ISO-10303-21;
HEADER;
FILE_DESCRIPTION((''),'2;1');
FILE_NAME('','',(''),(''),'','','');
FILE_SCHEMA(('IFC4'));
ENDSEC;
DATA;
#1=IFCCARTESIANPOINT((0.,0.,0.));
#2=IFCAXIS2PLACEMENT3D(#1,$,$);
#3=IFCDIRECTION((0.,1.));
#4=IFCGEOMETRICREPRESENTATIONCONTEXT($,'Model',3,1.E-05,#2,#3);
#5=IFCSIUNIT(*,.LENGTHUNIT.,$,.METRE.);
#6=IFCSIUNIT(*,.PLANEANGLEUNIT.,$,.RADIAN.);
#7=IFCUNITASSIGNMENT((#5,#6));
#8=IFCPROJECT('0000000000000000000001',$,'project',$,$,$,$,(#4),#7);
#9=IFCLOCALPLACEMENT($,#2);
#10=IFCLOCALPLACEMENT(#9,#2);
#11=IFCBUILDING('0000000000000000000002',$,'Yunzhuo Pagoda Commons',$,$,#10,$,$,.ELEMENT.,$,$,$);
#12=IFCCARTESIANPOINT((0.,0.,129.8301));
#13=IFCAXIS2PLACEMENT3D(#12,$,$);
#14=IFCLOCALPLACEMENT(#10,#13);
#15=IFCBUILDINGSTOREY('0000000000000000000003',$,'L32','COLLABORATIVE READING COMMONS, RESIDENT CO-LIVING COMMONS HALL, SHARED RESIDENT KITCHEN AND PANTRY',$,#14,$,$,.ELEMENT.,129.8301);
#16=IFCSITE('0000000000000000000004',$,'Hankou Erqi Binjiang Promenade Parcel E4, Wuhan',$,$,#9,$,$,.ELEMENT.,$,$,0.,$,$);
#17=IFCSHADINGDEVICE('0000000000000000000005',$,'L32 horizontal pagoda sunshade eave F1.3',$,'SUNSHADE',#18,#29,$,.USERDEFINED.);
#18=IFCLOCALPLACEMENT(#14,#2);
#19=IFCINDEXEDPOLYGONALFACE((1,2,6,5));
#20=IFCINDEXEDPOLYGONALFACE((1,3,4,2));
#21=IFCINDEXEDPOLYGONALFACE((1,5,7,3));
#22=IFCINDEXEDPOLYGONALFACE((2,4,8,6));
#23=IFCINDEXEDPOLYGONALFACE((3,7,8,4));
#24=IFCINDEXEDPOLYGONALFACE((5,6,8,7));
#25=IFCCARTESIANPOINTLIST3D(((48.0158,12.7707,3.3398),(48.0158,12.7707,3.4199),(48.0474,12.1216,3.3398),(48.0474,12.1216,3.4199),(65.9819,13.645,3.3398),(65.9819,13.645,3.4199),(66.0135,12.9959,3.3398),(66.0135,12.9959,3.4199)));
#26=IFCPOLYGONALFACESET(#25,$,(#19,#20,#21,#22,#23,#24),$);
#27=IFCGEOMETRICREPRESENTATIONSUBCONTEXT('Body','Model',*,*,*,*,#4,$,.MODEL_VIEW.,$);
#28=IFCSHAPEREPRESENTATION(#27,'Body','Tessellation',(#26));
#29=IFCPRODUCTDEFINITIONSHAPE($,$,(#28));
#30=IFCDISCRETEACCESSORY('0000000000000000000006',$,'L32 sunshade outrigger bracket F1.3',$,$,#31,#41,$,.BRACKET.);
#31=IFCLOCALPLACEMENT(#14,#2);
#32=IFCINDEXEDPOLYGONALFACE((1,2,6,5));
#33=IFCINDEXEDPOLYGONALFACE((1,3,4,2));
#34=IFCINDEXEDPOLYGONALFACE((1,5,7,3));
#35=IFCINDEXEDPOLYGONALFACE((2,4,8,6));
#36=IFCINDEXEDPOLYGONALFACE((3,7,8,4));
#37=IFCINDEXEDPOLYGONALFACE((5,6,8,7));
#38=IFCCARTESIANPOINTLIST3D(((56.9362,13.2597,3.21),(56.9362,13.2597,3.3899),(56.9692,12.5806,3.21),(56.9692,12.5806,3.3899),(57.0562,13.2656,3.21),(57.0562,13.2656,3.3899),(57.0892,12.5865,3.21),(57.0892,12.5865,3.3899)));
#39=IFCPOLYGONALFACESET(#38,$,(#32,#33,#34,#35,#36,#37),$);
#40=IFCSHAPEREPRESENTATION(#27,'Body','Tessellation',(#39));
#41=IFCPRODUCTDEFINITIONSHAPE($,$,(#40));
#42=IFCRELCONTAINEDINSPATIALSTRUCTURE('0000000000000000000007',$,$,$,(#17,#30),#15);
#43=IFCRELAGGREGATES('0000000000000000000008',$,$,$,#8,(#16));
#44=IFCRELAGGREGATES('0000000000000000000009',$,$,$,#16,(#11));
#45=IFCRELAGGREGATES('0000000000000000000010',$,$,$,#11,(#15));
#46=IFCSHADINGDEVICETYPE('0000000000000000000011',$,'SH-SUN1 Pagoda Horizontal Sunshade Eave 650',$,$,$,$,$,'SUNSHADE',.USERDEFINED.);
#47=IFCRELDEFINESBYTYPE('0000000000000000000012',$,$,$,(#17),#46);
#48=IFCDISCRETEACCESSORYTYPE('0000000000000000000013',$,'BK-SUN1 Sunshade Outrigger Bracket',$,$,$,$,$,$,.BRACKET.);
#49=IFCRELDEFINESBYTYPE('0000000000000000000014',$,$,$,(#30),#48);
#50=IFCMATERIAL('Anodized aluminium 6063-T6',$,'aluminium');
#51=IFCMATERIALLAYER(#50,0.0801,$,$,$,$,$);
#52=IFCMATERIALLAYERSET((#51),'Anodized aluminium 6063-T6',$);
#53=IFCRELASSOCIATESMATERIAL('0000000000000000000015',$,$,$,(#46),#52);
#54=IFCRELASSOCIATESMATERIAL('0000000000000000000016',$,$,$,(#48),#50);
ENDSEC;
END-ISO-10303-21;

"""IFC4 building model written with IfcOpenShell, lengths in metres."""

from ifc_helpers import new_model, si_unit, direction, frame, origin, origin_2d, place, context, subcontext, project, spatial, rectangle, extrude, source, transform, mapped, material, layer, layer_set, type_object, element, save


model = new_model("IFC4")

# Units and contexts
model_context = context("Model", 3, precision=1e-05, world=origin(), true_north=direction((0.0, 1.0)))
body_context = subcontext(model_context, "Body", "Model", "MODEL_VIEW")
ifc_project = project(units=[si_unit("LENGTHUNIT", "METRE"), si_unit("PLANEANGLEUNIT", "RADIAN")], contexts=[model_context])

# Site, building, storey
site_placement = place(None, origin())
site = spatial("IfcSite", under=ifc_project, at=site_placement, Name="Hankou Erqi Binjiang Promenade Parcel E4, Wuhan", CompositionType="ELEMENT", RefElevation=0.0)
building_placement = place(site_placement, origin())
building = spatial("IfcBuilding", under=site, at=building_placement, Name="Yunzhuo Pagoda Commons", CompositionType="ELEMENT")
storey_placement = place(building_placement, frame((0.0, 0.0, 129.8301)))
storey = spatial("IfcBuildingStorey", under=building, at=storey_placement, Name="L32", Description="COLLABORATIVE READING COMMONS, RESIDENT CO-LIVING COMMONS HALL, SHARED RESIDENT KITCHEN AND PANTRY", CompositionType="ELEMENT", Elevation=129.8301)

# Shared definitions
ifc_material_1 = material(Name="Anodized aluminium 6063-T6", Category="aluminium")

# Shading device
ifc_layer_1 = layer(ifc_material_1, 0.0801)
ifc_layer_set_1 = layer_set([ifc_layer_1], Name="Anodized aluminium 6063-T6")
shading_device_type = type_object("IfcShadingDeviceType", Name="SH-SUN1 Pagoda Horizontal Sunshade Eave 650", ElementType="SUNSHADE", PredefinedType="USERDEFINED", material=ifc_layer_set_1)
shared_shape_1 = source(origin(), body_context, "Body", "SweptSolid", [
    extrude(rectangle(XDim=17.9873, YDim=0.6499, at=origin_2d()), origin(), (0.0, 0.0, 1.0), 0.0801),
])
shading_device_placement = place(storey_placement, frame((57.0146, 12.8833, 3.3398), z_axis=(0.0, 0.0, 1.0), x_axis=(0.998818, 0.048606, 0.0)))
element("IfcShadingDevice", 1, at=shading_device_placement, inside=storey, type_object=shading_device_type, Name="L32 horizontal pagoda sunshade eave F1.3", ObjectType="SUNSHADE", PredefinedType="USERDEFINED", context=body_context, shape_type="MappedRepresentation", body=[
    mapped(shared_shape_1, transform((0.0, 0.0, 0.0), scale=1.0)),
])

# Discrete accessory
discrete_accessory_type = type_object("IfcDiscreteAccessoryType", Name="BK-SUN1 Sunshade Outrigger Bracket", PredefinedType="BRACKET", material=ifc_material_1)
shared_shape_2 = source(origin(), body_context, "Body", "SweptSolid", [
    extrude(rectangle(XDim=0.1201, YDim=0.6799, at=origin_2d()), origin(), (0.0, 0.0, 1.0), 0.1799),
])
discrete_accessory_placement = place(storey_placement, frame((57.0127, 12.9231, 3.21), z_axis=(0.0, 0.0, 1.0), x_axis=(0.998818, 0.048606, 0.0)))
element("IfcDiscreteAccessory", 2, at=discrete_accessory_placement, inside=storey, type_object=discrete_accessory_type, Name="L32 sunshade outrigger bracket F1.3", PredefinedType="BRACKET", context=body_context, shape_type="MappedRepresentation", body=[
    mapped(shared_shape_2, transform((0.0, 0.0, 0.0), scale=1.0)),
])

save(model, "model.ifc")
